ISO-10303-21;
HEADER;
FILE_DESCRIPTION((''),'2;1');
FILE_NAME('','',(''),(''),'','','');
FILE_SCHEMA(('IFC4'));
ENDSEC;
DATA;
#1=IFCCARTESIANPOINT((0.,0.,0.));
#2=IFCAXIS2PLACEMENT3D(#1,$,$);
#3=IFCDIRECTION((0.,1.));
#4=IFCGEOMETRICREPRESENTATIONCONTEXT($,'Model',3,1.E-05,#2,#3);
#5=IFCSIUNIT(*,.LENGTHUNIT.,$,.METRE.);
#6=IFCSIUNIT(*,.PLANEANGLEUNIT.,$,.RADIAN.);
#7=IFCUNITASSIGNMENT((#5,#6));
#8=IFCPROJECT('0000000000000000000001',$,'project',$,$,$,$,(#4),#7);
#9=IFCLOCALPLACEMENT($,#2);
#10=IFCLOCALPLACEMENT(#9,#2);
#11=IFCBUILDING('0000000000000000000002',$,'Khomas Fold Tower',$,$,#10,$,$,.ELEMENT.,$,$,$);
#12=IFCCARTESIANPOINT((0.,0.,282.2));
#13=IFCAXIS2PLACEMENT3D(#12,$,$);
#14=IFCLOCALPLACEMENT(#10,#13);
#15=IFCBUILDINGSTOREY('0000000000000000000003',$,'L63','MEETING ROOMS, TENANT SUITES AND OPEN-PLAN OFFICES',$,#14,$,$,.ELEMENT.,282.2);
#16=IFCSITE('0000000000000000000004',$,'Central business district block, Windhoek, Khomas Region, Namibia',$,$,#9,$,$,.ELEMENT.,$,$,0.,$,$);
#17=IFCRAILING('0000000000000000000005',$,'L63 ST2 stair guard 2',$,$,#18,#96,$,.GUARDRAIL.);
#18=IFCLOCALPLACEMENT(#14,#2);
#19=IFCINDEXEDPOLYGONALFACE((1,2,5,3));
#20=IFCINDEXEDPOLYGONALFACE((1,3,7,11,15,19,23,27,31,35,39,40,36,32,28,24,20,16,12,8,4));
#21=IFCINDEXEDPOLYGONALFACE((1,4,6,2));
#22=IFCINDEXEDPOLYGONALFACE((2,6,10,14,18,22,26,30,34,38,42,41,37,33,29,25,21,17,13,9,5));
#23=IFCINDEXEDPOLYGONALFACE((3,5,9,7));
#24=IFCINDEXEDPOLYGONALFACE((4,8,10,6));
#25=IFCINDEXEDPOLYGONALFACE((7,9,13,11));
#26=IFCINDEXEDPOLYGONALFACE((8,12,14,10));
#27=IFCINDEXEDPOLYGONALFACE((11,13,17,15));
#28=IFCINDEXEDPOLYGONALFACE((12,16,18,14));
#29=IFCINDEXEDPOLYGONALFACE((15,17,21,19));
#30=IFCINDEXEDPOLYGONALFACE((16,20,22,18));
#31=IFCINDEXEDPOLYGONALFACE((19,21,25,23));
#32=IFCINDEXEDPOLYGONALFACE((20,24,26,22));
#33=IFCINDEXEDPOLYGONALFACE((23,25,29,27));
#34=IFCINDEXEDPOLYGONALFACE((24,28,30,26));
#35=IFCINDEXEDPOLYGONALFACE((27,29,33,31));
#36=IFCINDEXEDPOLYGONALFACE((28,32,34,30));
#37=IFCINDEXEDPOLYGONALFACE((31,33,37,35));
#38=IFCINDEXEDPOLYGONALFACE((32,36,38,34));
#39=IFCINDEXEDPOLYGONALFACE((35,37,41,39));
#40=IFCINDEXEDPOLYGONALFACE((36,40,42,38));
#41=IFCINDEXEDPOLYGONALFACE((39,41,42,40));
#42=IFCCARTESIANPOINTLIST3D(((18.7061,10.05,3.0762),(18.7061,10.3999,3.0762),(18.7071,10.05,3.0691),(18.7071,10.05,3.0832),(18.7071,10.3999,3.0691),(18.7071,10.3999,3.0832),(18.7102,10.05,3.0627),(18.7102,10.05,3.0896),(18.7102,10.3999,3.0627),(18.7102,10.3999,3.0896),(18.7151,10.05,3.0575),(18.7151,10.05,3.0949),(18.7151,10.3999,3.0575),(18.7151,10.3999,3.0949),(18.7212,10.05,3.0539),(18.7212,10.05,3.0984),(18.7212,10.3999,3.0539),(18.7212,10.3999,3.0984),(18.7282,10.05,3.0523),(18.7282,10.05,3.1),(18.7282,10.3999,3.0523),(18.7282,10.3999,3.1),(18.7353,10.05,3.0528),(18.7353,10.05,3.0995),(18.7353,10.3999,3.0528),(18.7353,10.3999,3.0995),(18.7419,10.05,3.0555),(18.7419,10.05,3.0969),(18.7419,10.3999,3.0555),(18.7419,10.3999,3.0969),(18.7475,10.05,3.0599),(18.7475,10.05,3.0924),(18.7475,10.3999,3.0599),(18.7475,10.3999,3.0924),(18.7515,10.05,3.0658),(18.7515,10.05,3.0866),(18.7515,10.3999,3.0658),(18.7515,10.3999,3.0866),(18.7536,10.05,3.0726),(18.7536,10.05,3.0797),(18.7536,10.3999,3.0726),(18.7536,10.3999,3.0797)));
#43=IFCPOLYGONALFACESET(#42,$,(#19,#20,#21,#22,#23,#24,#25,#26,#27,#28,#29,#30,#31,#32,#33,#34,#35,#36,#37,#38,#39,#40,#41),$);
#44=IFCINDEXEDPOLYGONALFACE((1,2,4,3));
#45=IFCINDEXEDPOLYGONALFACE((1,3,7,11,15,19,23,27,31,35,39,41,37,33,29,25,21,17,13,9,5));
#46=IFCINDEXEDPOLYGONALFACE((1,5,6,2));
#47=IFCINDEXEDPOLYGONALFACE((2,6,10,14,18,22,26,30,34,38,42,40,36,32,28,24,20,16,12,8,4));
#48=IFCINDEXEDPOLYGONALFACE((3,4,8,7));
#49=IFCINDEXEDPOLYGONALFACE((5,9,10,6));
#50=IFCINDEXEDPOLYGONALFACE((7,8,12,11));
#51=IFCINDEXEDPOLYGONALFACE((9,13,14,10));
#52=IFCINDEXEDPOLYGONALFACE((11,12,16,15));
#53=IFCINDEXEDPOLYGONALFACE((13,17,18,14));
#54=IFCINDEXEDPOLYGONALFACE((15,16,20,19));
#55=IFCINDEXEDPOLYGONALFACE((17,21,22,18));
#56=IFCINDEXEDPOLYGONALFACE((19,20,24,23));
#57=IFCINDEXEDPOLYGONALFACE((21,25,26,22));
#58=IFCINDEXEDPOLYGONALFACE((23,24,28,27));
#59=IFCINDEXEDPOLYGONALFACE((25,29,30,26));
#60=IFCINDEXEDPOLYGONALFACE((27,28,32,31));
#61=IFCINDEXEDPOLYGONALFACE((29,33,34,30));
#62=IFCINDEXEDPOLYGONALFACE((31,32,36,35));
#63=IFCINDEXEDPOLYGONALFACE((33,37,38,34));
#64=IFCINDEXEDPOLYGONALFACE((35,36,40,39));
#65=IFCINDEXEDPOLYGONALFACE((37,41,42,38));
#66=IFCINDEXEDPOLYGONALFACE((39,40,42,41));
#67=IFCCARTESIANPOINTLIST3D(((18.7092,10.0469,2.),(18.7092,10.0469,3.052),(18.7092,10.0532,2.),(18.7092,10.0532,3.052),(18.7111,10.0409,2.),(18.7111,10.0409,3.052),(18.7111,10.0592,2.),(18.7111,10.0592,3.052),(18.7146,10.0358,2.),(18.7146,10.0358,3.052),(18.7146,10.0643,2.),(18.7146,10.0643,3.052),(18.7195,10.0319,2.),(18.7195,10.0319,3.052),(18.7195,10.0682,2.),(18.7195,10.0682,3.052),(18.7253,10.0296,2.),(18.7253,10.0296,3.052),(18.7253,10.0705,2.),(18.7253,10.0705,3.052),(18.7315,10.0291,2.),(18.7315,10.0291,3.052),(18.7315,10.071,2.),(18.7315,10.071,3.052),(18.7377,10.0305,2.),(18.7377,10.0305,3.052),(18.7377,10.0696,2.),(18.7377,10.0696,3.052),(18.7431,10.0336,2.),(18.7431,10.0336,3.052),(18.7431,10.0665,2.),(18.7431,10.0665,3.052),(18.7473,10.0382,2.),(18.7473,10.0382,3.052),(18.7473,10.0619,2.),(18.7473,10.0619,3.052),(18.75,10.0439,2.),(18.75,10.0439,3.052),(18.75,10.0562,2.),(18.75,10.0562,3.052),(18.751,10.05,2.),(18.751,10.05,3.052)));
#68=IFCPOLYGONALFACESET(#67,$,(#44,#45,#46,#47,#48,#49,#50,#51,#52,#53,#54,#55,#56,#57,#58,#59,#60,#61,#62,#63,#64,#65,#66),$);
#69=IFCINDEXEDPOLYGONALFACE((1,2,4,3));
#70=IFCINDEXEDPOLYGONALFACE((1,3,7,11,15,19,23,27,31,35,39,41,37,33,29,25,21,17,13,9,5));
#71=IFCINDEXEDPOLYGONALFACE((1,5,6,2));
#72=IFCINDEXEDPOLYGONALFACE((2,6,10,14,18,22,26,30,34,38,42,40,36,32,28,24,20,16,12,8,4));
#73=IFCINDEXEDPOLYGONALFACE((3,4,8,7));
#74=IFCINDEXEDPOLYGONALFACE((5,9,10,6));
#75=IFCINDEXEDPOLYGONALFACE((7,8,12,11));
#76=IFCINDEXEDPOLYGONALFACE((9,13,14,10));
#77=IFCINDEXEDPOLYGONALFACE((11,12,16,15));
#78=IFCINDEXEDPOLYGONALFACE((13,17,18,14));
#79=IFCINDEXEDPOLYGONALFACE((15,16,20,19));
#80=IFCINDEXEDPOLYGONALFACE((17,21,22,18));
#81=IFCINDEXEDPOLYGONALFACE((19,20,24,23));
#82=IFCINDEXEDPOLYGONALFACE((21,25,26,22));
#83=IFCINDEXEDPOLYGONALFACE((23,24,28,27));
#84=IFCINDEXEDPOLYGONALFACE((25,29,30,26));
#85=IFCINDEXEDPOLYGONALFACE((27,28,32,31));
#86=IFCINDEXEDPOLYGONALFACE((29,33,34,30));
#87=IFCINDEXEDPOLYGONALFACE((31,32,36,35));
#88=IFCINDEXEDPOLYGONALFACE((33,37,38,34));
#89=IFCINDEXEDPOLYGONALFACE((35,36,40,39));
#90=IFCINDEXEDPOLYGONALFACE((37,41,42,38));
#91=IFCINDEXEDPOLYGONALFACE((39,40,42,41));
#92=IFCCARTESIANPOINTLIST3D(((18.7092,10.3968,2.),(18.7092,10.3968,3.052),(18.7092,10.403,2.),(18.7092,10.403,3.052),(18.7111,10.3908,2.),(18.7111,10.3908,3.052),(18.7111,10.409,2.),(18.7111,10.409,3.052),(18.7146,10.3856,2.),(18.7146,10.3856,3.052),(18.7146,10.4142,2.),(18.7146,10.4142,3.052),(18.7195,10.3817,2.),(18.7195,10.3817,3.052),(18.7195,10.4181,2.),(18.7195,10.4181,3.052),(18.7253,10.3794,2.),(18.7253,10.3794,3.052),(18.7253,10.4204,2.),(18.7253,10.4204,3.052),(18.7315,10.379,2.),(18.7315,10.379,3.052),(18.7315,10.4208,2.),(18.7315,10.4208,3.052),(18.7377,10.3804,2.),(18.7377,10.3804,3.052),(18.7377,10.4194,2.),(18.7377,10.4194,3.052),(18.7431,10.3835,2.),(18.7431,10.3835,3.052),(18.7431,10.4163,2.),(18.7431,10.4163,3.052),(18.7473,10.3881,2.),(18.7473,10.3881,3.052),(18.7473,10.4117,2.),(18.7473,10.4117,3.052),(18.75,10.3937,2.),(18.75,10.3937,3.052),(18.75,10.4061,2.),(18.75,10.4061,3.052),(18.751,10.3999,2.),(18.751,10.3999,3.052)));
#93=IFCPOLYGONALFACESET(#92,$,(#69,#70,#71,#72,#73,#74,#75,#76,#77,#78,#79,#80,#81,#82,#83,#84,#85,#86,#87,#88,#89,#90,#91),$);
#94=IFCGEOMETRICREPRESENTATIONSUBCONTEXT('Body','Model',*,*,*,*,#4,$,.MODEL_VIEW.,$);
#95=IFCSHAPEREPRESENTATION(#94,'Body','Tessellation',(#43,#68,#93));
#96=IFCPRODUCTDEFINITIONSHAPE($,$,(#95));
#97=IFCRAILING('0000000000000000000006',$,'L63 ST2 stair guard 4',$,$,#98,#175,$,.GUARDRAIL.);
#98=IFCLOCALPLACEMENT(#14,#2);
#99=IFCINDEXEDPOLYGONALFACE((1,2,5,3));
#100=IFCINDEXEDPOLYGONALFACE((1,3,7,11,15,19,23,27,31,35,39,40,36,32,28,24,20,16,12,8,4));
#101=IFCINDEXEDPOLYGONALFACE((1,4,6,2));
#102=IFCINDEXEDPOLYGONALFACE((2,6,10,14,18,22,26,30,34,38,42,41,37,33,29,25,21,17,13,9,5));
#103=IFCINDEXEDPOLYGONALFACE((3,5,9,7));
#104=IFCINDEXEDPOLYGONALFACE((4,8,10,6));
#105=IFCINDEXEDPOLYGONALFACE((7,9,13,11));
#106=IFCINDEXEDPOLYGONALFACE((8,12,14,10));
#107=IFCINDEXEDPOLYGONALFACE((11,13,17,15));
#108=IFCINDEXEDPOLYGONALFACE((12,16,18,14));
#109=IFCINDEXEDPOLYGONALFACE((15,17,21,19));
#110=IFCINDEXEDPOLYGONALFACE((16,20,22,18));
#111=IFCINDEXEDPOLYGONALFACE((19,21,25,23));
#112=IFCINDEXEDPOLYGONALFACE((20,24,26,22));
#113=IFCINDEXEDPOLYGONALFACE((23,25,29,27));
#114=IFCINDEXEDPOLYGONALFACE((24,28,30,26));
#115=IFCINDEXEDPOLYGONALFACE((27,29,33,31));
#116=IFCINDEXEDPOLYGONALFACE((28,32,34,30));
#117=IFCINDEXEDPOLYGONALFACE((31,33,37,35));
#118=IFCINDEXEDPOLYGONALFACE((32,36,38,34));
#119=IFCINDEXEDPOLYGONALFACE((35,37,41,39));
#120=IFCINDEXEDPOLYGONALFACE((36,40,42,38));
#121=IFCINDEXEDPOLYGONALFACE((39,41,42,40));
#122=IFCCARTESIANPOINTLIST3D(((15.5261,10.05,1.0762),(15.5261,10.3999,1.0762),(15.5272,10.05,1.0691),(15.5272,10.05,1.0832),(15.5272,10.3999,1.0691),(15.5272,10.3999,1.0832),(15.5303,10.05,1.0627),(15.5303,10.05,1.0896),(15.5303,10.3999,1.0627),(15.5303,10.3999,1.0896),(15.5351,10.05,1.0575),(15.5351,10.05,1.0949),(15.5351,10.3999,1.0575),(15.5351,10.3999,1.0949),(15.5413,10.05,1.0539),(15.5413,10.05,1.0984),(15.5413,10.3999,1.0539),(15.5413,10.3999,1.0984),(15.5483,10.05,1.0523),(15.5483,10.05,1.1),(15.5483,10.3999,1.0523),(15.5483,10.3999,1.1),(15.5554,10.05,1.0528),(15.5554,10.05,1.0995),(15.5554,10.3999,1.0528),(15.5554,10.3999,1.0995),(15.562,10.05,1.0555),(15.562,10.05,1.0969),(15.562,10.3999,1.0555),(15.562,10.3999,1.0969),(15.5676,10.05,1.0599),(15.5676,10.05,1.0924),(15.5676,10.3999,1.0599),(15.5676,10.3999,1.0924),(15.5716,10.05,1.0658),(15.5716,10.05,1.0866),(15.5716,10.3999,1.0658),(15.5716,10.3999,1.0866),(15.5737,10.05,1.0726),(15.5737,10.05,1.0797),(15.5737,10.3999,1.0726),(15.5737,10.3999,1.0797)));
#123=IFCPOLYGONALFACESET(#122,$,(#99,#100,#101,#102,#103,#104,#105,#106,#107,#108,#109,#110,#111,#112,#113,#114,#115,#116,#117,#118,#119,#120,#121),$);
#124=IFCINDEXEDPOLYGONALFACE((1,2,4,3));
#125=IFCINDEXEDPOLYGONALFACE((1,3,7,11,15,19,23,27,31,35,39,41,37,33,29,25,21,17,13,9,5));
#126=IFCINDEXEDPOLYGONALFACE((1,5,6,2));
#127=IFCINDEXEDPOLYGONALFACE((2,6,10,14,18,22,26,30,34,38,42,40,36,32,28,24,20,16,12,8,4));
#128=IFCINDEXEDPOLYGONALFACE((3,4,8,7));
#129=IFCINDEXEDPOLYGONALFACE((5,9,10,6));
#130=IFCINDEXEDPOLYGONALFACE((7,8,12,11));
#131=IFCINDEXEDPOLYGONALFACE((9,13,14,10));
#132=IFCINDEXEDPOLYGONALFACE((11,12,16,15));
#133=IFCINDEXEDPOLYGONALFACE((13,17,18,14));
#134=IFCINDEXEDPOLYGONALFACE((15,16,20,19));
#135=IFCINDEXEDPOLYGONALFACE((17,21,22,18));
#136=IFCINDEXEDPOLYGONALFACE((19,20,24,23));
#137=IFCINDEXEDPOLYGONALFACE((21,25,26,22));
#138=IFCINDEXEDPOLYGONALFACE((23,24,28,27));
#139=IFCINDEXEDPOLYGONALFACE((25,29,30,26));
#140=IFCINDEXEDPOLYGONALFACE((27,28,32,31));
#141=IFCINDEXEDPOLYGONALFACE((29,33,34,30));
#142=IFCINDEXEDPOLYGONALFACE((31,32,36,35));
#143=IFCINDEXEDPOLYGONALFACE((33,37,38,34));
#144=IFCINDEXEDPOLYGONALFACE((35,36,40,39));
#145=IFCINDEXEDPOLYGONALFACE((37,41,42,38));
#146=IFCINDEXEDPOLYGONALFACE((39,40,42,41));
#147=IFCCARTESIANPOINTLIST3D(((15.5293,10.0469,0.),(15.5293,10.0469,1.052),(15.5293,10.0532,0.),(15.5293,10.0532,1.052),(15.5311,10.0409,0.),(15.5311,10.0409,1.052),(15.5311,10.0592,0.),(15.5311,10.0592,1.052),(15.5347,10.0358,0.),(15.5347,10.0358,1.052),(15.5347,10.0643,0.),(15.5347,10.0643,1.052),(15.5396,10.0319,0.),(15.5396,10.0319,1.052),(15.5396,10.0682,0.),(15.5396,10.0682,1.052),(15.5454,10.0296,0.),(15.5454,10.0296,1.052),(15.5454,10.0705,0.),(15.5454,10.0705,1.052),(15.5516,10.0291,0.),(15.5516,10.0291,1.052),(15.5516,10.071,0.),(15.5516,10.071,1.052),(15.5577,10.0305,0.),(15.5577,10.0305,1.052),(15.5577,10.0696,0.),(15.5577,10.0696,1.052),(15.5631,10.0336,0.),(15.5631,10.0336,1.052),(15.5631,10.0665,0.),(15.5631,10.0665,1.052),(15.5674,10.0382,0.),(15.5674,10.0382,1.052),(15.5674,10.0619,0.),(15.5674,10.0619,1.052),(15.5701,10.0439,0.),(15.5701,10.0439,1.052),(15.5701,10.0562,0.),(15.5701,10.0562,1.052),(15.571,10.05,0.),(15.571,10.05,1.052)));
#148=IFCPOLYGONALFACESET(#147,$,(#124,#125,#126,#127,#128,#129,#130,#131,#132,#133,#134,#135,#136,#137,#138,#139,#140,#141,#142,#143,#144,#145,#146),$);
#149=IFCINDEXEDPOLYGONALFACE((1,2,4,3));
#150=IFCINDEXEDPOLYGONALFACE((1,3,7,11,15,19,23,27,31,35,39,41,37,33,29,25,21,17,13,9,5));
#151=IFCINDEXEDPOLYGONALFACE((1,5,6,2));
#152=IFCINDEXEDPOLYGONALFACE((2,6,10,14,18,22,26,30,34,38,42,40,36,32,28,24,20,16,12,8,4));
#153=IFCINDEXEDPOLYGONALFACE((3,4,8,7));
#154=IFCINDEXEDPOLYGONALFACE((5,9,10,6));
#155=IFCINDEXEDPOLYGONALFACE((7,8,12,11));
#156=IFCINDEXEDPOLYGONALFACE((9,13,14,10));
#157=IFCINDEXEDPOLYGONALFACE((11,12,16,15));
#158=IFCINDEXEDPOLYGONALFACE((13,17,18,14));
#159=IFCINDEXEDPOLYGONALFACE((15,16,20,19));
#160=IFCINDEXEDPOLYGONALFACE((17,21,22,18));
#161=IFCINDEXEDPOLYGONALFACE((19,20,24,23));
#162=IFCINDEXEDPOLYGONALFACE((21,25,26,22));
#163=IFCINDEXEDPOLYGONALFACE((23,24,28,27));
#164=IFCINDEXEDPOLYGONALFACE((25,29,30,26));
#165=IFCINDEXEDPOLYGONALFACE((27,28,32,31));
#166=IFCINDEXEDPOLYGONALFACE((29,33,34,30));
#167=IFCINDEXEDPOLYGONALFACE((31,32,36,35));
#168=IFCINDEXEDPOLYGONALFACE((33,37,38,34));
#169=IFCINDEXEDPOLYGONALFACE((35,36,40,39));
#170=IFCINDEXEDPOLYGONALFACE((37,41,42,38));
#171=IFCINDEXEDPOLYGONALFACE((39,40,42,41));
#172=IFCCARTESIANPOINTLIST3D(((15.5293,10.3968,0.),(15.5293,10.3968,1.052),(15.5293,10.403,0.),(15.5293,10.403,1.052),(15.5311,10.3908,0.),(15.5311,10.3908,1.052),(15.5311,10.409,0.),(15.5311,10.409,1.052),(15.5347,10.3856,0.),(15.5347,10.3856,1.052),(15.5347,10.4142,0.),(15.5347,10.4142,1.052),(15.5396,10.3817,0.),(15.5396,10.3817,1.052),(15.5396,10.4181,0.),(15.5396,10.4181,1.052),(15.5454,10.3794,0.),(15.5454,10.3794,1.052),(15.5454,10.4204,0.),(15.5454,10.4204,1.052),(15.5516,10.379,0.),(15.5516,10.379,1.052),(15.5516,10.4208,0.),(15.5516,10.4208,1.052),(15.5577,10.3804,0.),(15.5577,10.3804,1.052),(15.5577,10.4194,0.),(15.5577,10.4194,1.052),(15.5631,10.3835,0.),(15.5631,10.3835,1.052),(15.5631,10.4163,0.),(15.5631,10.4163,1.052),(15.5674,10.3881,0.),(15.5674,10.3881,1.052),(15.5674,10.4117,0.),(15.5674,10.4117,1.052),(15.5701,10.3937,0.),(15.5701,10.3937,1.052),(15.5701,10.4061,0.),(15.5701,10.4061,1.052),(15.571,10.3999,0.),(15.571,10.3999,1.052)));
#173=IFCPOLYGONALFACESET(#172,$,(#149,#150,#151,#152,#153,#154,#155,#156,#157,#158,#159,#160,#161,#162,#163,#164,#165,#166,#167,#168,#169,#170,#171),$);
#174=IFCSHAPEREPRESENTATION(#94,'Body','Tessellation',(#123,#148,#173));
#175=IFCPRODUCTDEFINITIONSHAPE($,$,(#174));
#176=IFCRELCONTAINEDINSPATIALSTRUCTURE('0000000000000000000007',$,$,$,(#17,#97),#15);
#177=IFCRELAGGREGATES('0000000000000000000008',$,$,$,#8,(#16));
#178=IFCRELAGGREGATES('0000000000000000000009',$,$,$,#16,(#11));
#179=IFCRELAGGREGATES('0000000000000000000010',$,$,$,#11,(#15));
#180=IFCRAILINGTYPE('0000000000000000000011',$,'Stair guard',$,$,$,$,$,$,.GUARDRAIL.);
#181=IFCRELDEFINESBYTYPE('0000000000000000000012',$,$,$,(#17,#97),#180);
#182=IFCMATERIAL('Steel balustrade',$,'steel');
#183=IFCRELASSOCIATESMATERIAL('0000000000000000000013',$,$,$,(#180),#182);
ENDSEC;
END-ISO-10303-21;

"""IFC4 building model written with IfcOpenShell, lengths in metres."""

from ifc_helpers import new_model, si_unit, direction, frame, origin, origin_2d, place, context, subcontext, project, spatial, circle, extrude, source, transform, mapped, material, type_object, element, save


model = new_model("IFC4")

# Units and contexts
model_context = context("Model", 3, precision=1e-05, world=origin(), true_north=direction((0.0, 1.0)))
body_context = subcontext(model_context, "Body", "Model", "MODEL_VIEW")
ifc_project = project(units=[si_unit("LENGTHUNIT", "METRE"), si_unit("PLANEANGLEUNIT", "RADIAN")], contexts=[model_context])

# Site, building, storey
site_placement = place(None, origin())
site = spatial("IfcSite", under=ifc_project, at=site_placement, Name="Central business district block, Windhoek, Khomas Region, Namibia", CompositionType="ELEMENT", RefElevation=0.0)
building_placement = place(site_placement, origin())
building = spatial("IfcBuilding", under=site, at=building_placement, Name="Khomas Fold Tower", CompositionType="ELEMENT")
storey_placement = place(building_placement, frame((0.0, 0.0, 282.2)))
storey = spatial("IfcBuildingStorey", under=building, at=storey_placement, Name="L63", Description="MEETING ROOMS, TENANT SUITES AND OPEN-PLAN OFFICES", CompositionType="ELEMENT", Elevation=282.2)

# Railings
ifc_material_1 = material(Name="Steel balustrade", Category="steel")
railing_type_1 = type_object("IfcRailingType", Name="Stair guard", PredefinedType="GUARDRAIL", material=ifc_material_1)
shared_shape_1 = source(origin(), body_context, "Body", "SweptSolid", [
    extrude(circle(Radius=0.0239, at=origin_2d()), frame((0.0, 0.0, 1.0762), z_axis=(0.0, 1.0, 0.0), x_axis=(-1.0, 0.0, 0.0)), (0.0, 0.0, 1.0), 0.3499),
    extrude(circle(Radius=0.021, at=origin_2d()), origin(), (0.0, 0.0, 1.0), 1.052),
    extrude(circle(Radius=0.021, at=origin_2d()), frame((0.0, 0.3499, 0.0)), (0.0, 0.0, 1.0), 1.052),
])
for number, where, name in (
    (1, (18.73, 10.05, 2.0), "L63 ST2 stair guard 2"),
    (2, (15.55, 10.05, 0.0), "L63 ST2 stair guard 4"),
):
    element("IfcRailing", number, at=place(storey_placement, frame(where)), inside=storey, type_object=railing_type_1, Name=name, PredefinedType="GUARDRAIL", context=body_context, shape_type="MappedRepresentation", body=[
        mapped(shared_shape_1, transform((0.0, 0.0, 0.0))),
    ])

save(model, "model.ifc")
